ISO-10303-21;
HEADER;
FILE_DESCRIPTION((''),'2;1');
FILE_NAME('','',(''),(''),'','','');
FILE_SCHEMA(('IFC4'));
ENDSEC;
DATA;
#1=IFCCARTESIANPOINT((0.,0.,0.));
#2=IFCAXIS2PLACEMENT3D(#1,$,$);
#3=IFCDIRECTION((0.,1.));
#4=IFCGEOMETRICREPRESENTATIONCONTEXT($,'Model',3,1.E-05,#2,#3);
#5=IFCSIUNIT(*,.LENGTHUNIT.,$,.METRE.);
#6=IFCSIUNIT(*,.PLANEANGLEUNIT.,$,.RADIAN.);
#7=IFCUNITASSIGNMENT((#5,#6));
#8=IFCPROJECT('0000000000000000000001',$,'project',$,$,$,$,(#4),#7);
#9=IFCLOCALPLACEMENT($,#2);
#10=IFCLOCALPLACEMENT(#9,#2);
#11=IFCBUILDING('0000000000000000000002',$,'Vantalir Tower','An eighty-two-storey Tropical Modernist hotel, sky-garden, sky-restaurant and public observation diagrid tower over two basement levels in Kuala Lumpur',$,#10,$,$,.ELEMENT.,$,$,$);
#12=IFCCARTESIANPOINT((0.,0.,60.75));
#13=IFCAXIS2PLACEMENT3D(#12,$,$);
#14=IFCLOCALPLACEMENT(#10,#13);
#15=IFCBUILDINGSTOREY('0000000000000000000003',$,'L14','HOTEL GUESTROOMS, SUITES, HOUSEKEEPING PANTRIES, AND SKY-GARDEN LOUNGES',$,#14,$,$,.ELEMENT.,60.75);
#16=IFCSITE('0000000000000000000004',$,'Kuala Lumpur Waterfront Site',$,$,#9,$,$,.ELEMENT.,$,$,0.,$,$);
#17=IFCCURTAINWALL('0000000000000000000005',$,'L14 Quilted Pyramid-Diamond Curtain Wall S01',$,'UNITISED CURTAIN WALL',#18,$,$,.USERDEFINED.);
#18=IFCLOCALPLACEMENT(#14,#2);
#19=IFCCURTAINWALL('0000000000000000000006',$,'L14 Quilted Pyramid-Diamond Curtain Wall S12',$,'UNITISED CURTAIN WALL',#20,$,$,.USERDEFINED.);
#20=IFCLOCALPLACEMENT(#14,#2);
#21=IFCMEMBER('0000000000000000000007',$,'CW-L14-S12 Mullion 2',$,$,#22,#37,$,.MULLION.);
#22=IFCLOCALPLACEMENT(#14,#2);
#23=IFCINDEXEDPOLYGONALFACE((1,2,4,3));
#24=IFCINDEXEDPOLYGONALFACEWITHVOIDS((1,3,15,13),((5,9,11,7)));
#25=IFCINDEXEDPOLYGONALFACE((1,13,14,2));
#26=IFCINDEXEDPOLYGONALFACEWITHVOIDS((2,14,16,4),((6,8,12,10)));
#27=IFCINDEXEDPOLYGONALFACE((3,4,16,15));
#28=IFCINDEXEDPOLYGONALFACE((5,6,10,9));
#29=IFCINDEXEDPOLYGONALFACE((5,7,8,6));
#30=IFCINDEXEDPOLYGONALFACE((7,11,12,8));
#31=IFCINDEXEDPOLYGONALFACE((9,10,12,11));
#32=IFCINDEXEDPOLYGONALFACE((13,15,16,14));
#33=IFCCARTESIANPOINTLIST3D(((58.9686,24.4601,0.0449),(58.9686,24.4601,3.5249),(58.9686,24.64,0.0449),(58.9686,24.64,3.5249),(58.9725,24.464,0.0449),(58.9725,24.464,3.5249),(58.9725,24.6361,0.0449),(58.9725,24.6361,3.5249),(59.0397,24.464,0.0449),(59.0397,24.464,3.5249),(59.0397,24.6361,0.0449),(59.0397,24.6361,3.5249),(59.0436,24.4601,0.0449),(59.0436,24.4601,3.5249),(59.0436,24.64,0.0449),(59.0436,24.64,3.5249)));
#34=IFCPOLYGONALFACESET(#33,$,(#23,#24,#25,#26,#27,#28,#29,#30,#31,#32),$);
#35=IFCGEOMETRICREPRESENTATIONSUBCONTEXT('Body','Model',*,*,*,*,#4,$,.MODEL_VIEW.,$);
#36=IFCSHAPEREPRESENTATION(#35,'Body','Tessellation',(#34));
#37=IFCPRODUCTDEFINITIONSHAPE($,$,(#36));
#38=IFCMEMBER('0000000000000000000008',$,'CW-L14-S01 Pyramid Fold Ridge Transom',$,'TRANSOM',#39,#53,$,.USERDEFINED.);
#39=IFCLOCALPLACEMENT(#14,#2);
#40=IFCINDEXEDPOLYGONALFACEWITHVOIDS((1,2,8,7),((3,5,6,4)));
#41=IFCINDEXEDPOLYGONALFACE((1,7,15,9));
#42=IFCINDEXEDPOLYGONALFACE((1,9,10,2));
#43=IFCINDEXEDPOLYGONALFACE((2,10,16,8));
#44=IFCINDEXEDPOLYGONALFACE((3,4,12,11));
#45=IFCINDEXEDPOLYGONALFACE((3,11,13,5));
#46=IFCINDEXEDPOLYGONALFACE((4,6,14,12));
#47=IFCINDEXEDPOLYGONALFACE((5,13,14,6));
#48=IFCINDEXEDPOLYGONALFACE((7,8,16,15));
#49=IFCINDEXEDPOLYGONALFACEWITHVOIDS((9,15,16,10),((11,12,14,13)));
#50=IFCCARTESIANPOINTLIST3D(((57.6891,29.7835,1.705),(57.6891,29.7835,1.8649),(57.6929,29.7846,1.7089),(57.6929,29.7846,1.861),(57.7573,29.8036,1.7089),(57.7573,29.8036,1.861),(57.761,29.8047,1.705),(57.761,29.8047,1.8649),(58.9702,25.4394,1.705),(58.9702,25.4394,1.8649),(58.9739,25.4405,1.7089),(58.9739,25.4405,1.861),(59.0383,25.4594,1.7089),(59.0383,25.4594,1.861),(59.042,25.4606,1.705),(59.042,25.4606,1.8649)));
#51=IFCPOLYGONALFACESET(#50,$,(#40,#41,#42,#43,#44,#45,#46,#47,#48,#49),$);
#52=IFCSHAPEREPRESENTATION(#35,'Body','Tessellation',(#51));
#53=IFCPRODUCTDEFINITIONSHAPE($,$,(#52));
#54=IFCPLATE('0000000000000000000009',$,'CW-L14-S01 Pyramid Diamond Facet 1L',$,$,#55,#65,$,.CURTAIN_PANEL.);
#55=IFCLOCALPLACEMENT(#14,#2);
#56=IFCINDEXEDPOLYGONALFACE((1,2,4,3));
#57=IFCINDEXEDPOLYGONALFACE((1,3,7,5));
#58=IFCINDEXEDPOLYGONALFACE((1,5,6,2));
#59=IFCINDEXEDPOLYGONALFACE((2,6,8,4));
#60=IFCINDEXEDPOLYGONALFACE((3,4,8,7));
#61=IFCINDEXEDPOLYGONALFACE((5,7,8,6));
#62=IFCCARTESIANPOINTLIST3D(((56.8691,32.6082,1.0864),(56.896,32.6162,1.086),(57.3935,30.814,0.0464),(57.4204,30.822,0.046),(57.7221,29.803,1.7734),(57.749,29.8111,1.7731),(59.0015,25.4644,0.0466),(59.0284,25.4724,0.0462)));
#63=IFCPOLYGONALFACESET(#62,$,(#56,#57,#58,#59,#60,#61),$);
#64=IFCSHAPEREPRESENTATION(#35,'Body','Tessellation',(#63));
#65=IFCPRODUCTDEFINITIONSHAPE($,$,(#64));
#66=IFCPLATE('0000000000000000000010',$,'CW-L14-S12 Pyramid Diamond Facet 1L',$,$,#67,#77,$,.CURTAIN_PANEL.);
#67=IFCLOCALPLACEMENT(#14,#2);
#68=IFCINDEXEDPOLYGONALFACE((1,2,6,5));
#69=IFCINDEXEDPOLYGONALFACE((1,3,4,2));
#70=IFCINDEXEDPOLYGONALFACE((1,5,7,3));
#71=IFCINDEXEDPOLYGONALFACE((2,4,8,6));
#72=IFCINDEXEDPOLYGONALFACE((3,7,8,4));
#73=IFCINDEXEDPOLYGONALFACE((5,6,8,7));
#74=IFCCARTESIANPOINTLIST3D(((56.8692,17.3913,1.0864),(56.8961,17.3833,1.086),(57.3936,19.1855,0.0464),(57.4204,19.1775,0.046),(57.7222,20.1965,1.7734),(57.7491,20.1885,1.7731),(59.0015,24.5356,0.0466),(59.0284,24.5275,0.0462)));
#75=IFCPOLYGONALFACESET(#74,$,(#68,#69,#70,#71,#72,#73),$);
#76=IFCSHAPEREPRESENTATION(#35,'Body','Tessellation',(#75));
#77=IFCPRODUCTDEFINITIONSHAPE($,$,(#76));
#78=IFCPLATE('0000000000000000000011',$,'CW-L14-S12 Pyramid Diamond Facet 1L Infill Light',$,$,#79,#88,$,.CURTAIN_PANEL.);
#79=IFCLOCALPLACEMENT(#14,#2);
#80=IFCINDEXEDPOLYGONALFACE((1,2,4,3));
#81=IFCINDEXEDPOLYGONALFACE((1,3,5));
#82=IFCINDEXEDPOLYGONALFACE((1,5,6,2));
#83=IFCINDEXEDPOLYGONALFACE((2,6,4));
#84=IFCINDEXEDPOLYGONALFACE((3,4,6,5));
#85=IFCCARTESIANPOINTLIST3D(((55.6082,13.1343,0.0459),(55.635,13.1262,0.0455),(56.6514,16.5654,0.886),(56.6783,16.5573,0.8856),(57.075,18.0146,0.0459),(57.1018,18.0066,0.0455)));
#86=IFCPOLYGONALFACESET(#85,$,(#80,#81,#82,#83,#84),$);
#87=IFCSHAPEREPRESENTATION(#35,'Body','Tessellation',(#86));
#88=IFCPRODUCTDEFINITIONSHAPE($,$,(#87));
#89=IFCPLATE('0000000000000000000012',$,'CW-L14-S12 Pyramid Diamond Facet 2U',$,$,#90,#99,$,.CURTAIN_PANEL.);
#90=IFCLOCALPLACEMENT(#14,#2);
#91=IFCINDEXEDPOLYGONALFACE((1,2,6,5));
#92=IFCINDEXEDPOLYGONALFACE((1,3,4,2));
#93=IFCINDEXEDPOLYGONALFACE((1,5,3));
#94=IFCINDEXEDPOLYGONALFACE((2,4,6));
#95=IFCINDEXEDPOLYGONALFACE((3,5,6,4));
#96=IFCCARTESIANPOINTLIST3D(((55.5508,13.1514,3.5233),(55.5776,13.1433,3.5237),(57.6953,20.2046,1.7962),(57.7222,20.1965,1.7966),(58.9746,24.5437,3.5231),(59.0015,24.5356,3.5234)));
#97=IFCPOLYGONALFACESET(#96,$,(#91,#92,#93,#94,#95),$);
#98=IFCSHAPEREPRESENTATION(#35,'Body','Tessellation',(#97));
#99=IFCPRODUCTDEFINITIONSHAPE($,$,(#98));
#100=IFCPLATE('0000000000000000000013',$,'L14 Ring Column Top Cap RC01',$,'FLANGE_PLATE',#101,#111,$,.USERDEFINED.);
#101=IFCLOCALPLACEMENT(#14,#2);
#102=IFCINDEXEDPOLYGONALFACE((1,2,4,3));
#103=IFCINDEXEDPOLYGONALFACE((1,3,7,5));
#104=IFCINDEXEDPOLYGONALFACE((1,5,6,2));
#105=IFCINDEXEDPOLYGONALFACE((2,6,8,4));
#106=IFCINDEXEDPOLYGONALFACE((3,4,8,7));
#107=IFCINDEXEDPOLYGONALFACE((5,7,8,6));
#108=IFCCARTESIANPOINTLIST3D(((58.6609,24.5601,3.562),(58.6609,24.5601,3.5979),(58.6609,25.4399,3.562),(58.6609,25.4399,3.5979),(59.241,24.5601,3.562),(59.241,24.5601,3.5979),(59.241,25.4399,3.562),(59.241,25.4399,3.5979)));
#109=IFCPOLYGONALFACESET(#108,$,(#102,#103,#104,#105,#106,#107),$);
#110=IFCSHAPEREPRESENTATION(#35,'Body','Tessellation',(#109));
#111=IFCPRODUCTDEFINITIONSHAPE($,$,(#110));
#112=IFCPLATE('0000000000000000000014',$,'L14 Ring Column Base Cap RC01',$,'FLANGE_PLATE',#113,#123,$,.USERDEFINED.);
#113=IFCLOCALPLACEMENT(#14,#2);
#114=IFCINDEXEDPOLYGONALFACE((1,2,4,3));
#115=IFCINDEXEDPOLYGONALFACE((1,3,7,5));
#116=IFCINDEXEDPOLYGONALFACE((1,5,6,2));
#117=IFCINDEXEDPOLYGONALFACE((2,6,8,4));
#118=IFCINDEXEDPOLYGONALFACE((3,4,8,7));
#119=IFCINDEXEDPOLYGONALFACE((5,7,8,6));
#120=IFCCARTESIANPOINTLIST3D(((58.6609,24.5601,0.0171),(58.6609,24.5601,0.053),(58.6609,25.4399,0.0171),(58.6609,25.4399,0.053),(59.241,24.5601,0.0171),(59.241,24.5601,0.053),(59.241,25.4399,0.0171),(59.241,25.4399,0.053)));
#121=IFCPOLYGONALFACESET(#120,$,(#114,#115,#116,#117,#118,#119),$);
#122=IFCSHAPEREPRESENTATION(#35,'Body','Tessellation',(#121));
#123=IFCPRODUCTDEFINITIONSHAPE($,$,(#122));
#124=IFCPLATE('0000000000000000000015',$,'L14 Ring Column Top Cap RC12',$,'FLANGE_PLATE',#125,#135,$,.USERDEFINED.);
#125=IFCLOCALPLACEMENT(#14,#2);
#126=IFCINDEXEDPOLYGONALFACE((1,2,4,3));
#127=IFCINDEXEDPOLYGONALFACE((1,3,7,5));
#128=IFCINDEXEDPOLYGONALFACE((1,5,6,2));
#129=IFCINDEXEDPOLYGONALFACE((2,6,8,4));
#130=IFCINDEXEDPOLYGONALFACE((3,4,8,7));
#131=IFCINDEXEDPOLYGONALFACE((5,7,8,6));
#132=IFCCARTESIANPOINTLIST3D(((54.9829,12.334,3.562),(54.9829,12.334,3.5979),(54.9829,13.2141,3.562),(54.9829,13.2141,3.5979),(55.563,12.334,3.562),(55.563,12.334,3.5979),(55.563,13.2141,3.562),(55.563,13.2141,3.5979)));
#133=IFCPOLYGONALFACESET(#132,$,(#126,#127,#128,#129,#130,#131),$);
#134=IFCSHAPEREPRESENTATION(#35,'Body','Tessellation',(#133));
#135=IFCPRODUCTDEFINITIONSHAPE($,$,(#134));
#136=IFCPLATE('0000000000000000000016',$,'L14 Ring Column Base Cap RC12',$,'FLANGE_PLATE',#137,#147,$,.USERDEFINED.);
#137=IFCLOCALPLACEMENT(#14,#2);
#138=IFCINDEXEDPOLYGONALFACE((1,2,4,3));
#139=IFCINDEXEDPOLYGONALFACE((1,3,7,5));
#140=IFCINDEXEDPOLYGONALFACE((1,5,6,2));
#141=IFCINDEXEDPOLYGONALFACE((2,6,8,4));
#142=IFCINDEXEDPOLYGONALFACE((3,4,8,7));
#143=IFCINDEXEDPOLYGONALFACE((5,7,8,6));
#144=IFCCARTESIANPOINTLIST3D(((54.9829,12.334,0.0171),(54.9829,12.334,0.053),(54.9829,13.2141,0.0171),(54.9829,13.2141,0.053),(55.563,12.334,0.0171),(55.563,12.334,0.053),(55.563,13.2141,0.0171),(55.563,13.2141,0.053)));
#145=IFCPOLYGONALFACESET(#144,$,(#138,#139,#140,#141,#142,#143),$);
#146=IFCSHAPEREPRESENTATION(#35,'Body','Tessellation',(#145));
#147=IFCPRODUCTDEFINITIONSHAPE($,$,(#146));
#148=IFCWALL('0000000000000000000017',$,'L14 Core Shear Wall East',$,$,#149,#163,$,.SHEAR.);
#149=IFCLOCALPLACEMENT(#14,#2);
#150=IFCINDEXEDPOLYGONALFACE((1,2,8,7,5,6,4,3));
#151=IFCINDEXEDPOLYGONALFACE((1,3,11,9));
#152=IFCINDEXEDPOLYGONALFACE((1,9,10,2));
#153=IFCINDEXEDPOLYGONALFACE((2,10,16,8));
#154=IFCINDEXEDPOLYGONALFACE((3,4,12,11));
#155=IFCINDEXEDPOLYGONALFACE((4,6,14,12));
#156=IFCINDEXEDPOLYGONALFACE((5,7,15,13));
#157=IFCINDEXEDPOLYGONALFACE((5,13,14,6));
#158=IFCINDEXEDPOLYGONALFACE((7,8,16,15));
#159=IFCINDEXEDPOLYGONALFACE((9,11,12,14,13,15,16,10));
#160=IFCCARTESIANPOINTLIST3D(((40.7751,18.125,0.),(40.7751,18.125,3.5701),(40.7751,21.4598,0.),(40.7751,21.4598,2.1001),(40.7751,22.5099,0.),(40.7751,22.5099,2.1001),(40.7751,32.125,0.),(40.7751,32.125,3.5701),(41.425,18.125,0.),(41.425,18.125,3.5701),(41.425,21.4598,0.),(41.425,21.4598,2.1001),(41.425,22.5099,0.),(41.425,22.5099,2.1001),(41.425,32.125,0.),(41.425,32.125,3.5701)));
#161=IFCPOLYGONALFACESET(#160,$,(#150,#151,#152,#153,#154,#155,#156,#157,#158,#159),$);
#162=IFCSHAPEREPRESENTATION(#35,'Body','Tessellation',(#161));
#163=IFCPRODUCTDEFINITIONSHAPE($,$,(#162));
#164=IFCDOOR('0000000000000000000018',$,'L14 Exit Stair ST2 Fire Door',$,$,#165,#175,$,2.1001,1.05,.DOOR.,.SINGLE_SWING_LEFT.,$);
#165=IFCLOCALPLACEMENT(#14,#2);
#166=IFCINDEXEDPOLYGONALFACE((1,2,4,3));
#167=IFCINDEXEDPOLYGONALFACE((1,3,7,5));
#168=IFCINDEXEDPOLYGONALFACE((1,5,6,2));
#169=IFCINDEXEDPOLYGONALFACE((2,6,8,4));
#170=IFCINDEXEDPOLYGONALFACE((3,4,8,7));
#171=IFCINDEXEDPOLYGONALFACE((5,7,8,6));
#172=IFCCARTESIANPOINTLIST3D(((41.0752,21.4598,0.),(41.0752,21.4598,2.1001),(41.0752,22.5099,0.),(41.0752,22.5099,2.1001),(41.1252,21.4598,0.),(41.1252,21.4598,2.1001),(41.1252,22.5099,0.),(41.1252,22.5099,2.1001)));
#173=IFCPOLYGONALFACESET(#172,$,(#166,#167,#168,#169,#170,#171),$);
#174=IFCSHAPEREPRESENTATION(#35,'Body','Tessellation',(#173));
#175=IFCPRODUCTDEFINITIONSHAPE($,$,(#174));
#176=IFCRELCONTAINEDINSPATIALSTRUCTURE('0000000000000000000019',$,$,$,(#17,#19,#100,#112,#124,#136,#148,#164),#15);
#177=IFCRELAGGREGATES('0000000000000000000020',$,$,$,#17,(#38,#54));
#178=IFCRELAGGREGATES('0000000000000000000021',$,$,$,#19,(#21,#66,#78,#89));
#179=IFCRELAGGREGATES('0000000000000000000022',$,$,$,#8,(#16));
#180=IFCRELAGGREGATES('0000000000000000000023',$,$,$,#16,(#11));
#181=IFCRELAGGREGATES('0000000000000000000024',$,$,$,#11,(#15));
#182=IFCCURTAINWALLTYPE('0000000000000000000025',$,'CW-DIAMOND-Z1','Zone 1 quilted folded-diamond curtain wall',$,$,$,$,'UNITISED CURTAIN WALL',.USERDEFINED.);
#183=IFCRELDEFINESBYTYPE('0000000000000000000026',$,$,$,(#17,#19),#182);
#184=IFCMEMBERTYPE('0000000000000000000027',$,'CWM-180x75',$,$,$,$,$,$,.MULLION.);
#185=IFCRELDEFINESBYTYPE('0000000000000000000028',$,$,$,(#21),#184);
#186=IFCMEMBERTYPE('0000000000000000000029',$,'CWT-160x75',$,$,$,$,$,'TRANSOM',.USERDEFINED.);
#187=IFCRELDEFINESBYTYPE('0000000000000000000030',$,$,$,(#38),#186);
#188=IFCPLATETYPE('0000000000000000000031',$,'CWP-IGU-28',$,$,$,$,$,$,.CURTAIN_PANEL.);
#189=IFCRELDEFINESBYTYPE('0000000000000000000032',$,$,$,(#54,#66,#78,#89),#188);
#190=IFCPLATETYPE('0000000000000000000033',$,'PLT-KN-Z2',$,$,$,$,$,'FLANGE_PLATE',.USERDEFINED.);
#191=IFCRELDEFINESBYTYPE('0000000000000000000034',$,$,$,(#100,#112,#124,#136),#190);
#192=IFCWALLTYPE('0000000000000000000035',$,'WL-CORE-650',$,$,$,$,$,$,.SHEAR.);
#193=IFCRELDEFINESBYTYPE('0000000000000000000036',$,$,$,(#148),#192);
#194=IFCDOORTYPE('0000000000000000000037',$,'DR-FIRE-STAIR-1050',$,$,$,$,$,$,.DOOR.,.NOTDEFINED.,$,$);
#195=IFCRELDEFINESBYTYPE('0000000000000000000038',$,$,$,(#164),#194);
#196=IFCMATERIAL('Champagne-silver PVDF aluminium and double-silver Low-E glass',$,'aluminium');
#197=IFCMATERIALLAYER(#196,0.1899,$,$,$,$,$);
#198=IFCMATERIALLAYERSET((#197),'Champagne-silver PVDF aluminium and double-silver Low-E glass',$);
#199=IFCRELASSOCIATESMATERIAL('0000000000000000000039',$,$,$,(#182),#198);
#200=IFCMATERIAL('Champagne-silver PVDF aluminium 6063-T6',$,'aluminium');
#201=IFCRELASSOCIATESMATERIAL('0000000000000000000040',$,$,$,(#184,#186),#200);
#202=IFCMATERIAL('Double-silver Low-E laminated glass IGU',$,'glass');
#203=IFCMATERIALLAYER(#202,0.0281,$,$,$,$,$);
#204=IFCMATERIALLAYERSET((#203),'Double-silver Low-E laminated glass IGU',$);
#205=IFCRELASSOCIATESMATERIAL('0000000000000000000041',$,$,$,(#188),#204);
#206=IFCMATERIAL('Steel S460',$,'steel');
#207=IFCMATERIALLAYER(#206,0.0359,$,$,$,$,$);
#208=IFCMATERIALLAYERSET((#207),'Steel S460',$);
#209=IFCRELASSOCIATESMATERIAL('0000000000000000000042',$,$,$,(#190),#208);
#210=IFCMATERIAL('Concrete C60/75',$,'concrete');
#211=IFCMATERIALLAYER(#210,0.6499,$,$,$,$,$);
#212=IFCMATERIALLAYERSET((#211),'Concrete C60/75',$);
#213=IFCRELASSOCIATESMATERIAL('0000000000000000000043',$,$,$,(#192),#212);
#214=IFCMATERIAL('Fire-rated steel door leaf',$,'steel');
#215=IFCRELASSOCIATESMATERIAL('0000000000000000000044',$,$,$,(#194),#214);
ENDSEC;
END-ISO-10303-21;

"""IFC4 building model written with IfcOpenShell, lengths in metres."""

from ifc_helpers import new_model, si_unit, direction, frame, frame_2d, origin, origin_2d, place, context, subcontext, project, spatial, polyline, rectangle, hollow_rectangle, outline, extrude, material, layer, layer_set, material_profile, profile_set, type_object, element, fill, aggregate, save


model = new_model("IFC4")

# Units and contexts
model_context = context("Model", 3, precision=1e-05, world=origin(), true_north=direction((0.0, 1.0)))
body_context = subcontext(model_context, "Body", "Model", "MODEL_VIEW")
ifc_project = project(units=[si_unit("LENGTHUNIT", "METRE"), si_unit("PLANEANGLEUNIT", "RADIAN")], contexts=[model_context])

# Site, building, storey
site_placement = place(None, origin())
site = spatial("IfcSite", under=ifc_project, at=site_placement, Name="Kuala Lumpur Waterfront Site", CompositionType="ELEMENT", RefElevation=0.0)
building_placement = place(site_placement, origin())
building = spatial("IfcBuilding", under=site, at=building_placement, Name="Vantalir Tower", Description="An eighty-two-storey Tropical Modernist hotel, sky-garden, sky-restaurant and public observation diagrid tower over two basement levels in Kuala Lumpur", CompositionType="ELEMENT")
storey_placement = place(building_placement, frame((0.0, 0.0, 60.75)))
storey = spatial("IfcBuildingStorey", under=building, at=storey_placement, Name="L14", Description="HOTEL GUESTROOMS, SUITES, HOUSEKEEPING PANTRIES, AND SKY-GARDEN LOUNGES", CompositionType="ELEMENT", Elevation=60.75)

# Shared definitions
ifc_material_1 = material(Name="Concrete C60/75", Category="concrete")
ifc_material_2 = material(Name="Steel S460", Category="steel")

# Curtain walls, member
ifc_material_3 = material(Name="Champagne-silver PVDF aluminium and double-silver Low-E glass", Category="aluminium")
ifc_layer_1 = layer(ifc_material_3, 0.1899)
ifc_layer_set_1 = layer_set([ifc_layer_1], Name="Champagne-silver PVDF aluminium and double-silver Low-E glass")
curtain_wall_type = type_object("IfcCurtainWallType", Name="CW-DIAMOND-Z1", Description="Zone 1 quilted folded-diamond curtain wall", ElementType="UNITISED CURTAIN WALL", PredefinedType="USERDEFINED", material=ifc_layer_set_1)
curtain_wall_1_placement = place(storey_placement, origin())
curtain_wall_1 = element("IfcCurtainWall", 1, at=curtain_wall_1_placement, inside=storey, type_object=curtain_wall_type, Name="L14 Quilted Pyramid-Diamond Curtain Wall S01", ObjectType="UNITISED CURTAIN WALL", PredefinedType="USERDEFINED")
ifc_material_4 = material(Name="Champagne-silver PVDF aluminium 6063-T6", Category="aluminium")
ifc_material_profile_1 = material_profile(ifc_material_4, hollow_rectangle(XDim=0.075, YDim=0.1799, WallThickness=0.0039, at=origin_2d()), Name="Champagne-silver PVDF aluminium 6063-T6")
ifc_profile_set_1 = profile_set([ifc_material_profile_1], Name="Champagne-silver PVDF aluminium 6063-T6")
member_type_1 = type_object("IfcMemberType", Name="CWM-180x75", PredefinedType="MULLION", material=ifc_profile_set_1)
curtain_wall_2_placement = place(storey_placement, origin())
curtain_wall_2 = element("IfcCurtainWall", 2, at=curtain_wall_2_placement, inside=storey, type_object=curtain_wall_type, Name="L14 Quilted Pyramid-Diamond Curtain Wall S12", ObjectType="UNITISED CURTAIN WALL", PredefinedType="USERDEFINED")
member_1_placement = place(storey_placement, frame((59.0061, 24.55, 0.0449), z_axis=(0.0, 0.0, 1.0), x_axis=(1.0, 0.0, 0.0)))
member_1 = element("IfcMember", 3, at=member_1_placement, type_object=member_type_1, Name="CW-L14-S12 Mullion 2", PredefinedType="MULLION", context=body_context, shape_type="SweptSolid", body=[
    extrude(hollow_rectangle(XDim=0.075, YDim=0.1799, WallThickness=0.0039, at=origin_2d()), origin(), (0.0, 0.0, 1.0), 3.48),
])

# Member
ifc_material_profile_2 = material_profile(ifc_material_4, hollow_rectangle(XDim=0.075, YDim=0.1599, WallThickness=0.0039, at=origin_2d()), Name="Champagne-silver PVDF aluminium 6063-T6")
ifc_profile_set_2 = profile_set([ifc_material_profile_2], Name="Champagne-silver PVDF aluminium 6063-T6")
member_type_2 = type_object("IfcMemberType", Name="CWT-160x75", ElementType="TRANSOM", PredefinedType="USERDEFINED", material=ifc_profile_set_2)
member_2_placement = place(storey_placement, frame((59.0061, 25.45, 1.7849), z_axis=(-0.282849, 0.959164, 0.0), x_axis=(-0.959164, -0.282849, 0.0)))
member_2 = element("IfcMember", 4, at=member_2_placement, type_object=member_type_2, Name="CW-L14-S01 Pyramid Fold Ridge Transom", ObjectType="TRANSOM", PredefinedType="USERDEFINED", context=body_context, shape_type="SweptSolid", body=[
    extrude(hollow_rectangle(XDim=0.075, YDim=0.1599, WallThickness=0.0039, at=origin_2d()), origin(), (0.0, 0.0, 1.0), 4.5291),
])

# Plates
ifc_material_5 = material(Name="Double-silver Low-E laminated glass IGU", Category="glass")
ifc_layer_2 = layer(ifc_material_5, 0.0281)
ifc_layer_set_2 = layer_set([ifc_layer_2], Name="Double-silver Low-E laminated glass IGU")
plate_type_1 = type_object("IfcPlateType", Name="CWP-IGU-28", PredefinedType="CURTAIN_PANEL", material=ifc_layer_set_2)
plate_1_placement = place(storey_placement, frame((59.0015, 25.4644, 0.0466), z_axis=(-0.957586, -0.287823, 0.013717), x_axis=(-0.28785, 0.957675, -0.000044)))
plate_1 = element("IfcPlate", 5, at=plate_1_placement, type_object=plate_type_1, Name="CW-L14-S01 Pyramid Diamond Facet 1L", PredefinedType="CURTAIN_PANEL", context=body_context, shape_type="SweptSolid", body=[
    extrude(outline(polyline([(0.0, 0.0), (5.586, 0.0), (7.4552, -1.0402), (4.5232, -1.7272), (0.0, 0.0)])), origin(), (0.0, 0.0, -1.0), 0.0281),
])
aggregate(curtain_wall_1, [member_2, plate_1])
plate_2_placement = place(storey_placement, frame((57.3936, 19.1855, 0.0464), z_axis=(-0.95759, 0.287806, 0.013728), x_axis=(0.287834, 0.95768, 0.000044)))
plate_2 = element("IfcPlate", 6, at=plate_2_placement, type_object=plate_type_1, Name="CW-L14-S12 Pyramid Diamond Facet 1L", PredefinedType="CURTAIN_PANEL", context=body_context, shape_type="SweptSolid", body=[
    extrude(outline(polyline([(0.0, 0.0), (5.5865, 0.0), (1.0629, -1.7272), (-1.8692, -1.0402), (0.0, 0.0)])), origin(), (0.0, 0.0, -1.0), 0.0281),
])
plate_3_placement = place(storey_placement, frame((55.6082, 13.1343, 0.0459), z_axis=(-0.957592, 0.287804, 0.013655), x_axis=(0.287831, 0.957681, 0.0)))
plate_3 = element("IfcPlate", 7, at=plate_3_placement, type_object=plate_type_1, Name="CW-L14-S12 Pyramid Diamond Facet 1L Infill Light", PredefinedType="CURTAIN_PANEL", context=body_context, shape_type="SweptSolid", body=[
    extrude(outline(polyline([(0.0, 0.0), (5.096, 0.0), (3.5862, -0.8402), (0.0, 0.0)])), origin(), (0.0, 0.0, -1.0), 0.0281),
])
plate_4_placement = place(storey_placement, frame((59.0015, 24.5356, 3.5234), z_axis=(0.957594, -0.287793, 0.013736), x_axis=(-0.28782, -0.957684, 0.000021)))
plate_4 = element("IfcPlate", 8, at=plate_4_placement, type_object=plate_type_1, Name="CW-L14-S12 Pyramid Diamond Facet 2U", PredefinedType="CURTAIN_PANEL", context=body_context, shape_type="SweptSolid", body=[
    extrude(outline(polyline([(0.0, 0.0), (11.8957, 0.0), (4.5237, 1.7271), (0.0, 0.0)])), origin(), (0.0, 0.0, -1.0), 0.0281),
])
aggregate(curtain_wall_2, [member_1, plate_2, plate_3, plate_4])

# Plates
ifc_layer_3 = layer(ifc_material_2, 0.0359)
ifc_layer_set_3 = layer_set([ifc_layer_3], Name="Steel S460")
plate_type_2 = type_object("IfcPlateType", Name="PLT-KN-Z2", ElementType="FLANGE_PLATE", PredefinedType="USERDEFINED", material=ifc_layer_set_3)
for number, where, z_axis, x_axis, name in (
    (9, (58.6609, 25.4399, 3.5979), (0.0, 0.0, 1.0), (0.0, -1.0, 0.0), "L14 Ring Column Top Cap RC01"),
    (10, (58.6609, 25.4399, 0.053), (0.0, 0.0, 1.0), (0.0, -1.0, 0.0), "L14 Ring Column Base Cap RC01"),
):
    element("IfcPlate", number, at=place(storey_placement, frame(where, z_axis=z_axis, x_axis=x_axis)), inside=storey, type_object=plate_type_2, Name=name, ObjectType="FLANGE_PLATE", PredefinedType="USERDEFINED", context=body_context, shape_type="SweptSolid", body=[
        extrude(outline(polyline([(0.0, 0.0), (0.8799, 0.0), (0.8799, 0.5801), (0.0, 0.5801), (0.0, 0.0)])), origin(), (0.0, 0.0, -1.0), 0.0359),
    ])
for number, where, z_axis, x_axis, name in (
    (11, (54.9829, 13.2141, 3.5979), (0.0, 0.0, 1.0), (0.0, -1.0, 0.0), "L14 Ring Column Top Cap RC12"),
    (12, (54.9829, 13.2141, 0.053), (0.0, 0.0, 1.0), (0.0, -1.0, 0.0), "L14 Ring Column Base Cap RC12"),
):
    element("IfcPlate", number, at=place(storey_placement, frame(where, z_axis=z_axis, x_axis=x_axis)), inside=storey, type_object=plate_type_2, Name=name, ObjectType="FLANGE_PLATE", PredefinedType="USERDEFINED", context=body_context, shape_type="SweptSolid", body=[
        extrude(outline(polyline([(0.0, 0.0), (0.8801, 0.0), (0.8801, 0.5801), (0.0, 0.5801), (0.0, 0.0)])), origin(), (0.0, 0.0, -1.0), 0.0359),
    ])

# Wall, opening, door
ifc_layer_4 = layer(ifc_material_1, 0.6499)
ifc_layer_set_4 = layer_set([ifc_layer_4], Name="Concrete C60/75")
wall_type_1 = type_object("IfcWallType", Name="WL-CORE-650", PredefinedType="SHEAR", material=ifc_layer_set_4)
wall_1_placement = place(storey_placement, frame((41.1001, 18.125, 0.0), z_axis=(0.0, 0.0, 1.0), x_axis=(0.0, 1.0, 0.0)))
wall_1 = element("IfcWall", 13, at=wall_1_placement, inside=storey, type_object=wall_type_1, Name="L14 Core Shear Wall East", PredefinedType="SHEAR", context=body_context, shape_type="SweptSolid", body=[
    extrude(rectangle(XDim=14.0, YDim=0.6499, at=frame_2d((7.0, 0.0))), origin(), (0.0, 0.0, 1.0), 3.5701),
])
opening_1_placement = place(wall_1_placement, frame((3.335, 0.0, 0.0)))
opening_1 = element("IfcOpeningElement", 14, at=opening_1_placement, cuts=wall_1, PredefinedType="OPENING", context=body_context, shape_type="SweptSolid", body=[
    extrude(rectangle(XDim=1.05, YDim=2.1001, at=frame_2d((0.5249, 1.05))), frame((0.0, 0.335, 0.0), z_axis=(0.0, -1.0, 0.0), x_axis=(1.0, 0.0, 0.0)), (0.0, 0.0, 1.0), 0.6699),
])
ifc_material_6 = material(Name="Fire-rated steel door leaf", Category="steel")
door_type_1 = type_object("IfcDoorType", Name="DR-FIRE-STAIR-1050", OperationType="NOTDEFINED", PredefinedType="DOOR", material=ifc_material_6)
door_1_placement = place(opening_1_placement, origin())
door_1 = element("IfcDoor", 15, at=door_1_placement, inside=storey, type_object=door_type_1, Name="L14 Exit Stair ST2 Fire Door", OperationType="SINGLE_SWING_LEFT", OverallHeight=2.1001, OverallWidth=1.05, PredefinedType="DOOR", context=body_context, shape_type="SweptSolid", body=[
    extrude(rectangle(XDim=1.05, YDim=2.1001, at=frame_2d((0.5249, 1.05))), frame((0.0, 0.0249, 0.0), z_axis=(0.0, -1.0, 0.0), x_axis=(1.0, 0.0, 0.0)), (0.0, 0.0, 1.0), 0.05),
])
fill(opening_1, door_1)

save(model, "model.ifc")
